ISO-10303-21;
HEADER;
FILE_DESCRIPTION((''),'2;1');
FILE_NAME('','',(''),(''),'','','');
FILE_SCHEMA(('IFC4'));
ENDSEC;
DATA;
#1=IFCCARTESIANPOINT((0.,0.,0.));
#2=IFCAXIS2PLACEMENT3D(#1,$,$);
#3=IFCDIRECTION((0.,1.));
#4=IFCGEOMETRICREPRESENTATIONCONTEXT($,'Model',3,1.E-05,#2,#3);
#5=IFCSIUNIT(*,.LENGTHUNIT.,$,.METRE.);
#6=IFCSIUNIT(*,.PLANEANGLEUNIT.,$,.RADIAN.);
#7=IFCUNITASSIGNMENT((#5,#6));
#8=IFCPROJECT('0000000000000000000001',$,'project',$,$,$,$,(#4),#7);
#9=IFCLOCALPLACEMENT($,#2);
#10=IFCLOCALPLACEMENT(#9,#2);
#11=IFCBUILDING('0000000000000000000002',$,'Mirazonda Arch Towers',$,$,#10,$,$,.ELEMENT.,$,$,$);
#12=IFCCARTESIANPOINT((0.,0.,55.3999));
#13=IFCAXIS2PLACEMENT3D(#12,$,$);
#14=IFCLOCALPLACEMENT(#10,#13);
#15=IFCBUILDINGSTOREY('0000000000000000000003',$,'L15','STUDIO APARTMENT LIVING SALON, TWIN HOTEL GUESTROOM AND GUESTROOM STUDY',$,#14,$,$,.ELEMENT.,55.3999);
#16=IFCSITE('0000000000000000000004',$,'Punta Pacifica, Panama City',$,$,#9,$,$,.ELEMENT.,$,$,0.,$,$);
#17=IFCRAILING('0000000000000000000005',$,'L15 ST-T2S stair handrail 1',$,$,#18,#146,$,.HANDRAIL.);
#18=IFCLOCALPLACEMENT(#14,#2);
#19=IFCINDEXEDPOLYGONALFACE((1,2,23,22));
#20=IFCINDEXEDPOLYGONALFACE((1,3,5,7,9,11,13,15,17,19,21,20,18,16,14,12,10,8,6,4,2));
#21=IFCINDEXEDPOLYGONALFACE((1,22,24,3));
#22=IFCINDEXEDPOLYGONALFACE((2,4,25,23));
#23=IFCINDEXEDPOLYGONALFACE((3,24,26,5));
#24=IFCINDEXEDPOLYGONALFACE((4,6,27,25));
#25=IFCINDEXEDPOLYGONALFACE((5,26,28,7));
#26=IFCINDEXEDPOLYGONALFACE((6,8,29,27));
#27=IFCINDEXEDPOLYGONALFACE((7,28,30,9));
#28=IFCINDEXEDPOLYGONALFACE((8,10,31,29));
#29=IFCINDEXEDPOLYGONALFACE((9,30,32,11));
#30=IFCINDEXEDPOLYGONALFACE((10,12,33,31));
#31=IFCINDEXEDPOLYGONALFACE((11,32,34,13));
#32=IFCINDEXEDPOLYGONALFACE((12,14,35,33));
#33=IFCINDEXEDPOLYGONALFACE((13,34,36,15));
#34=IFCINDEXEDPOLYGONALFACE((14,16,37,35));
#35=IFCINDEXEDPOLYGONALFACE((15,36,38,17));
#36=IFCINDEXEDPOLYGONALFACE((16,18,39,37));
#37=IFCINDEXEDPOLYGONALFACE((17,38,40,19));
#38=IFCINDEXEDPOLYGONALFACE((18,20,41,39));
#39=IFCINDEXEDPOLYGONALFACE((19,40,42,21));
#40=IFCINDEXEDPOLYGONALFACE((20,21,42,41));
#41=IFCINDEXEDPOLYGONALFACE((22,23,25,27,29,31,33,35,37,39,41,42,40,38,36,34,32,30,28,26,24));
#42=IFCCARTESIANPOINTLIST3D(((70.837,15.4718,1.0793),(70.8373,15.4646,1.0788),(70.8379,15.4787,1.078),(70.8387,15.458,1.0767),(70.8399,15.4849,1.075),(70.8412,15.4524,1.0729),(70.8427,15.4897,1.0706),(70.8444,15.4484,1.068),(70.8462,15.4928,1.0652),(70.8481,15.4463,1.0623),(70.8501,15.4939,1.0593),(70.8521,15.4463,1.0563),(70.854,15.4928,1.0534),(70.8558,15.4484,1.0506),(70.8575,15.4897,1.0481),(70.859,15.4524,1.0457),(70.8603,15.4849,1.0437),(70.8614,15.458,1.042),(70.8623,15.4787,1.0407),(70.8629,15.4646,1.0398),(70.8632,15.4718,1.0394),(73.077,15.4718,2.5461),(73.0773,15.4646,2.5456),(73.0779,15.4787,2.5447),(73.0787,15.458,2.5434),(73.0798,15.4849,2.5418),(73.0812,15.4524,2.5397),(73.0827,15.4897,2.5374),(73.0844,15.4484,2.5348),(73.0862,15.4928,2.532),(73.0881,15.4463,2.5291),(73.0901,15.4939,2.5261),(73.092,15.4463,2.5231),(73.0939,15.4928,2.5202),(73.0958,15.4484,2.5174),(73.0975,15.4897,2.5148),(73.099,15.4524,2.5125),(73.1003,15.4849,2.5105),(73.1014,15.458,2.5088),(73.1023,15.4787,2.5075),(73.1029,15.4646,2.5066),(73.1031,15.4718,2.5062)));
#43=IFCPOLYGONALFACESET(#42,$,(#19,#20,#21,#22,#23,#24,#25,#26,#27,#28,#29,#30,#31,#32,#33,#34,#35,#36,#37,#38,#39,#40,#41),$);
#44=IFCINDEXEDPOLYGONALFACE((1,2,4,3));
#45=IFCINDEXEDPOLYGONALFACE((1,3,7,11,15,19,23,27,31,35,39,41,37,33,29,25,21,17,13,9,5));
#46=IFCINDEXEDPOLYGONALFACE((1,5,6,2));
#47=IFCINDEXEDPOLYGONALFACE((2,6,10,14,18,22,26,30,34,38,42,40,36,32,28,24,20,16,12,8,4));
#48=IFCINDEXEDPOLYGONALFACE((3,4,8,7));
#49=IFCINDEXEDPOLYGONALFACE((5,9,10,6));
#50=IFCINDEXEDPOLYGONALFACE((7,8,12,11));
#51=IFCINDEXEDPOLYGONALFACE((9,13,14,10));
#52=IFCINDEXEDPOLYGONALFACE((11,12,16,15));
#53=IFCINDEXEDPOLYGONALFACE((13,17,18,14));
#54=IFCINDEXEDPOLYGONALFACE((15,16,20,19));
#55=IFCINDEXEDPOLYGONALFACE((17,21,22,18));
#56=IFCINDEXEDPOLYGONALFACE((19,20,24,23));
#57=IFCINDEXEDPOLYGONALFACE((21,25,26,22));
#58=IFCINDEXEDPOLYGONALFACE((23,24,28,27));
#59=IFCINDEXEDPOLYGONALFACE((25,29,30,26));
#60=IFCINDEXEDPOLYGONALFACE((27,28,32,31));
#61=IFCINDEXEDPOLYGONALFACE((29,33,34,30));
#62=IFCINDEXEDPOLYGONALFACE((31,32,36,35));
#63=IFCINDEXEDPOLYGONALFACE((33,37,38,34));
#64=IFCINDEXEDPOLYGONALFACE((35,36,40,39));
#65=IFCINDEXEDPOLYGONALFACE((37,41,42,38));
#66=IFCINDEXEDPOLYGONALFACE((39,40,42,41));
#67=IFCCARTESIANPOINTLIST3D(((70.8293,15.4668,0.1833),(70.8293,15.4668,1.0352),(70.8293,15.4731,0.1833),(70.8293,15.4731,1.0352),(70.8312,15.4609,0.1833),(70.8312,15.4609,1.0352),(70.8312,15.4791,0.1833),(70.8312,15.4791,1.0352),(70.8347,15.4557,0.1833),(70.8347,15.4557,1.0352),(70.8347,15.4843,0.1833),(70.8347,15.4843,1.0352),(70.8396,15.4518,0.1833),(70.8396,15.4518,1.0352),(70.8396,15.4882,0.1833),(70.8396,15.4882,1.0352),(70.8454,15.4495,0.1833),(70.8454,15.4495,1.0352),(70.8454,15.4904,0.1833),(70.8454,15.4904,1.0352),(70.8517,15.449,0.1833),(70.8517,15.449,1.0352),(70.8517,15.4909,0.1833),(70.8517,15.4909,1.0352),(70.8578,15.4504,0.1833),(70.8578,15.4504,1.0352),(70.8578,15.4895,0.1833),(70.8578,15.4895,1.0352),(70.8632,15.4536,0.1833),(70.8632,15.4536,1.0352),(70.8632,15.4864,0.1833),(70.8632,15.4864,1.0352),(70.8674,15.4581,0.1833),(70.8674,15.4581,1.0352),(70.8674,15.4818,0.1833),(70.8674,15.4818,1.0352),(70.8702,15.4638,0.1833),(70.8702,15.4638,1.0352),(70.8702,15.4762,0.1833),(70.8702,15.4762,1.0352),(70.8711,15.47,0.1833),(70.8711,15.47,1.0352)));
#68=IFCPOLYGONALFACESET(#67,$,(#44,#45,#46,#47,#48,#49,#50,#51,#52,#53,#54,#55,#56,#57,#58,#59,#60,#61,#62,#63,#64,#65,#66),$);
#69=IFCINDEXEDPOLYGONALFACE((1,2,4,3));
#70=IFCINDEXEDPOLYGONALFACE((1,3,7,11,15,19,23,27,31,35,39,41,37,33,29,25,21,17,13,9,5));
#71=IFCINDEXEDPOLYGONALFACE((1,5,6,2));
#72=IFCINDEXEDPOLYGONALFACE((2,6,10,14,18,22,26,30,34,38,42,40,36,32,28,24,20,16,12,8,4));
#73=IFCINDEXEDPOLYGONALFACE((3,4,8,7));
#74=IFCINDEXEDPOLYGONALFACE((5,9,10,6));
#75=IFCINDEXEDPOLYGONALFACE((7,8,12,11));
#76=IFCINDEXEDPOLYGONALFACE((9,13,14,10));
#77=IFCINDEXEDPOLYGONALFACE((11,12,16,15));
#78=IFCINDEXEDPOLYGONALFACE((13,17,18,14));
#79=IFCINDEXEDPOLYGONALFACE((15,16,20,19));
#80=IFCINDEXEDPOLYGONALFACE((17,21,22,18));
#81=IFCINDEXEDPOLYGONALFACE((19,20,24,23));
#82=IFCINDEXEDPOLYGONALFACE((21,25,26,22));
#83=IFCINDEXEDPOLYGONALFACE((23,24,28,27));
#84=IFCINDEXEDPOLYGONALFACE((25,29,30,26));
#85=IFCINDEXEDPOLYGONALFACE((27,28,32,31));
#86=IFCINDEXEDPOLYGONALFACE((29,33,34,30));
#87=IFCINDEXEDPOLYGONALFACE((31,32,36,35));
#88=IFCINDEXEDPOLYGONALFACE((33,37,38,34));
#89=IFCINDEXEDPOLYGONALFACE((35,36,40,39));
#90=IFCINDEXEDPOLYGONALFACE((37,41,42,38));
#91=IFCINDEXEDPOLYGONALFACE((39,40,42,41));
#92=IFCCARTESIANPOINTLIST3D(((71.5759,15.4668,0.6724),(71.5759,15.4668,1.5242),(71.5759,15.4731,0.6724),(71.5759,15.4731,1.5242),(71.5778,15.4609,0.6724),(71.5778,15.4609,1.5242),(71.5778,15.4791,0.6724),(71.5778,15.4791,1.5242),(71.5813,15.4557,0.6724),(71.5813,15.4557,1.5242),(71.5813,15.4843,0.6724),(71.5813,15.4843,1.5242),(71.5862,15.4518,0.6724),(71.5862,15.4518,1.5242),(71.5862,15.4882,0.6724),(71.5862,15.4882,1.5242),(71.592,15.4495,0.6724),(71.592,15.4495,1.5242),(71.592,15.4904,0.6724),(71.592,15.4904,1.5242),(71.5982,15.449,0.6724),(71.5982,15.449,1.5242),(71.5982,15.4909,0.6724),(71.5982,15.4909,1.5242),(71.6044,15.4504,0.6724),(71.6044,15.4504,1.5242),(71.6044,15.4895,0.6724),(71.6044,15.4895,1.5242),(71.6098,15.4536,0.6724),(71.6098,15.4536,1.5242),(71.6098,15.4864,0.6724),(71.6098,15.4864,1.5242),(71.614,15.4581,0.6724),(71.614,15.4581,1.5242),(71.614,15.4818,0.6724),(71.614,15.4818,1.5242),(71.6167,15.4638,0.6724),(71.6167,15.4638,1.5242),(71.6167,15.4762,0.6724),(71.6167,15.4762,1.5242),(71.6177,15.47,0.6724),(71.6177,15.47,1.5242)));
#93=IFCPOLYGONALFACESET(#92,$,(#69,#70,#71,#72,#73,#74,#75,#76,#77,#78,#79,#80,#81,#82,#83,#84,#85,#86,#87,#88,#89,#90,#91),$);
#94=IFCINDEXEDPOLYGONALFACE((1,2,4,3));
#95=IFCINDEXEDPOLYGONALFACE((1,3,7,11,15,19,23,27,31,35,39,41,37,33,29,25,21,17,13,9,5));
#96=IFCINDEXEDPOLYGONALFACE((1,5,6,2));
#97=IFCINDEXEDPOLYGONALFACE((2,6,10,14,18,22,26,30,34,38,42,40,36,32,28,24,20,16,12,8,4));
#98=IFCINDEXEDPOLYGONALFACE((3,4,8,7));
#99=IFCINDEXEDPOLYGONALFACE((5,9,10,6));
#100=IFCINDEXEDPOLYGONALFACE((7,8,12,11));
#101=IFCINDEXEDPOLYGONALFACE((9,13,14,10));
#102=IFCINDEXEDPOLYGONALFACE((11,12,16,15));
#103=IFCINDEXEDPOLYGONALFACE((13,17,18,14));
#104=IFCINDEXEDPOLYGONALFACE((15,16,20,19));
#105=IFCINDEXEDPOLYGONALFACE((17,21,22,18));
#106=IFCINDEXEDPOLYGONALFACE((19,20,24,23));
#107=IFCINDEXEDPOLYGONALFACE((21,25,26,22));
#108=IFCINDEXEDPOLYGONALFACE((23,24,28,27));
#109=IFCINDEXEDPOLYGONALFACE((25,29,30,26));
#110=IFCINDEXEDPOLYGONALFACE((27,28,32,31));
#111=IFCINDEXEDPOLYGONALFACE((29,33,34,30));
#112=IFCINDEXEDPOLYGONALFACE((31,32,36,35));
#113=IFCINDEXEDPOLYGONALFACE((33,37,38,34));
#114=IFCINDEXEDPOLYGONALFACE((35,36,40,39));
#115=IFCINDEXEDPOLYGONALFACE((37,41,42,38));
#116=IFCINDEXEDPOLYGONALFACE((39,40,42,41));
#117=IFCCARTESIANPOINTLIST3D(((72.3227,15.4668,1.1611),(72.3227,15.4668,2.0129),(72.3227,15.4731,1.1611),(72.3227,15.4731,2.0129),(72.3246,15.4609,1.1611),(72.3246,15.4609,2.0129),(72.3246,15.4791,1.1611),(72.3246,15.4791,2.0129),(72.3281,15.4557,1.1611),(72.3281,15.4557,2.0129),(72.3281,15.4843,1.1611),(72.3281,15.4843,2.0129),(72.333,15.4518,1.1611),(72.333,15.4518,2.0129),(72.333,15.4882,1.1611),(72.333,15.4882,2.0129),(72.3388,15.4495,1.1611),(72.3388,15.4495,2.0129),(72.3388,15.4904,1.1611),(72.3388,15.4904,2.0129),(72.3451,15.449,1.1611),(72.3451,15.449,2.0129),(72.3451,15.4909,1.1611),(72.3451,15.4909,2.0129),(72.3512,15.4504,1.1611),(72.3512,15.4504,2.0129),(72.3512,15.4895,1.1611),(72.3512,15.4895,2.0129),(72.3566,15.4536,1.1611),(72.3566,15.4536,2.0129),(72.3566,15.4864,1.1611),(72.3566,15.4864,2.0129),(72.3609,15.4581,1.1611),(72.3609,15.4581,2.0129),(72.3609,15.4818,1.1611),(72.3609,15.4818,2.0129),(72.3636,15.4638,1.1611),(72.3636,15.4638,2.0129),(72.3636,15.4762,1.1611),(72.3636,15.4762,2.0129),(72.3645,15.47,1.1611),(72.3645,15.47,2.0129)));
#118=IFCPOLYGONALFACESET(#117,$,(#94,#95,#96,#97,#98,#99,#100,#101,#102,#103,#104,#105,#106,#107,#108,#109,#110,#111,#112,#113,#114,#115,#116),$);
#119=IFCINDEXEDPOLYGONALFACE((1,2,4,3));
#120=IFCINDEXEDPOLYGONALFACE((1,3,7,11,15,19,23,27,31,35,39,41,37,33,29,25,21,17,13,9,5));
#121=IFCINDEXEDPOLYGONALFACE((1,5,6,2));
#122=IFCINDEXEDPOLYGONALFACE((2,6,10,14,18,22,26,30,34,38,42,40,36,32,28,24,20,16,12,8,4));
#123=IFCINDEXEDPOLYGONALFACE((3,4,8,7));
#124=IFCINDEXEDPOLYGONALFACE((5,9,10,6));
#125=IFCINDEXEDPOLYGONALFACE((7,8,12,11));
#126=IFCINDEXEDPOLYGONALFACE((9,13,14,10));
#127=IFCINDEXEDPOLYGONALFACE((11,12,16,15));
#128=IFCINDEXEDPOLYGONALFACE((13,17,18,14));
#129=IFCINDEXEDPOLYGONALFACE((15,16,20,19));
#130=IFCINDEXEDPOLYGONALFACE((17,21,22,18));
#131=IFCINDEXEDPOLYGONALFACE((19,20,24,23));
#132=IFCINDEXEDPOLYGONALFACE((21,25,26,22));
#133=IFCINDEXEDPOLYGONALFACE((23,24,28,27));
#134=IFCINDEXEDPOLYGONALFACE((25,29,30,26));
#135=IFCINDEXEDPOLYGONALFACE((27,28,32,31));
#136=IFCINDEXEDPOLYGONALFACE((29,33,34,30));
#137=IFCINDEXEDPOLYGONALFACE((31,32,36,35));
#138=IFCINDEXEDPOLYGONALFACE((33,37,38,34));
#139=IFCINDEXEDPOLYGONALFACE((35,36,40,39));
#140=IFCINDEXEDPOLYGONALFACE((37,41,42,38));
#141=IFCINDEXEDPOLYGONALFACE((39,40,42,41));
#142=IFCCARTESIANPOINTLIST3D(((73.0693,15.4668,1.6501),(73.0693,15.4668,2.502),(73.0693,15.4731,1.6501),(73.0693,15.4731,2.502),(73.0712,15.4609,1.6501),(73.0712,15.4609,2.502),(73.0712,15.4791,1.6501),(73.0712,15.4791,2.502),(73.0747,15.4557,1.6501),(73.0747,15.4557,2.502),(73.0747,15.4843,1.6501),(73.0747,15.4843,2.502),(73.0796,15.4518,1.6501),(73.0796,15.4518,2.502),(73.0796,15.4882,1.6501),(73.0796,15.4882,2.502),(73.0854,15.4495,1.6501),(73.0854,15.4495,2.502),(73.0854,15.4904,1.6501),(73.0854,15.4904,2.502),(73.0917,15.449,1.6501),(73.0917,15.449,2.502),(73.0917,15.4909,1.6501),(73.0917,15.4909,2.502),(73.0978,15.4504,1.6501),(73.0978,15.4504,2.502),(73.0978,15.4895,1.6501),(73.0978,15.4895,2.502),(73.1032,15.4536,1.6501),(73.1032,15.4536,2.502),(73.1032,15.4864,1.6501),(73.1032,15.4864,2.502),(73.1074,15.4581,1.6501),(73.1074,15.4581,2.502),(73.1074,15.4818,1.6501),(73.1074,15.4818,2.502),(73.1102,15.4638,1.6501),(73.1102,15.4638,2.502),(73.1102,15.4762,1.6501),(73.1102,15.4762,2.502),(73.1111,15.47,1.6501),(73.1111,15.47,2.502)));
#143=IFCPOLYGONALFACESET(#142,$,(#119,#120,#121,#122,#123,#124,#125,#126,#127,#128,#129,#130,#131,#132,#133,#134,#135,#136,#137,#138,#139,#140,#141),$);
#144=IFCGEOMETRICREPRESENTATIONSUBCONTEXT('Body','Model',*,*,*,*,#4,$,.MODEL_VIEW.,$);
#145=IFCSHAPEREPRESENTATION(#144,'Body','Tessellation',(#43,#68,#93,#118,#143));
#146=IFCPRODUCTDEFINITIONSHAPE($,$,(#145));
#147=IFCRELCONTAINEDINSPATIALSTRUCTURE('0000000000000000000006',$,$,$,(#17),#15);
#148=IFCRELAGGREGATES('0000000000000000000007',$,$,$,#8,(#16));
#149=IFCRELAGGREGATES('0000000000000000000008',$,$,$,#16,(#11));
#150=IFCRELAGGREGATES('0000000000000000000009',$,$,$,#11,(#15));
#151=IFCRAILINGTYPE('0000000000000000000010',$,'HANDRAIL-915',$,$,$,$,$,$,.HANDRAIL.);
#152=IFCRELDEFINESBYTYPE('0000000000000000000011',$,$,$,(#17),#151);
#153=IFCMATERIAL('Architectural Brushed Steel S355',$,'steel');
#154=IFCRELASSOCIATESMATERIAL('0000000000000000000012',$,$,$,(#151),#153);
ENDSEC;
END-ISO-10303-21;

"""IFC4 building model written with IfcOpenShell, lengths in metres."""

from ifc_helpers import new_model, si_unit, direction, frame, origin, origin_2d, place, context, subcontext, project, spatial, circle, extrude, material, type_object, element, save


model = new_model("IFC4")

# Units and contexts
model_context = context("Model", 3, precision=1e-05, world=origin(), true_north=direction((0.0, 1.0)))
body_context = subcontext(model_context, "Body", "Model", "MODEL_VIEW")
ifc_project = project(units=[si_unit("LENGTHUNIT", "METRE"), si_unit("PLANEANGLEUNIT", "RADIAN")], contexts=[model_context])

# Site, building, storey
site_placement = place(None, origin())
site = spatial("IfcSite", under=ifc_project, at=site_placement, Name="Punta Pacifica, Panama City", CompositionType="ELEMENT", RefElevation=0.0)
building_placement = place(site_placement, origin())
building = spatial("IfcBuilding", under=site, at=building_placement, Name="Mirazonda Arch Towers", CompositionType="ELEMENT")
storey_placement = place(building_placement, frame((0.0, 0.0, 55.3999)))
storey = spatial("IfcBuildingStorey", under=building, at=storey_placement, Name="L15", Description="STUDIO APARTMENT LIVING SALON, TWIN HOTEL GUESTROOM AND GUESTROOM STUDY", CompositionType="ELEMENT", Elevation=55.3999)

# Railing
ifc_material_1 = material(Name="Architectural Brushed Steel S355", Category="steel")
railing_type_1 = type_object("IfcRailingType", Name="HANDRAIL-915", PredefinedType="HANDRAIL", material=ifc_material_1)
railing_1_placement = place(storey_placement, frame((70.8501, 15.47, 0.1833)))
element("IfcRailing", 1, at=railing_1_placement, inside=storey, type_object=railing_type_1, Name="L15 ST-T2S stair handrail 1", PredefinedType="HANDRAIL", context=body_context, shape_type="SweptSolid", body=[
    extrude(circle(Radius=0.0239, at=origin_2d()), frame((0.0, 0.0, 0.876), z_axis=(0.836595, 0.0, 0.547822), x_axis=(0.0, 1.0, 0.0)), (0.0, 0.0, 1.0), 2.6775),
    extrude(circle(Radius=0.021, at=origin_2d()), origin(), (0.0, 0.0, 1.0), 0.8518),
    extrude(circle(Radius=0.021, at=origin_2d()), frame((0.7466, 0.0, 0.489)), (0.0, 0.0, 1.0), 0.8518),
    extrude(circle(Radius=0.021, at=origin_2d()), frame((1.4934, 0.0, 0.9778)), (0.0, 0.0, 1.0), 0.8518),
    extrude(circle(Radius=0.021, at=origin_2d()), frame((2.24, 0.0, 1.4668)), (0.0, 0.0, 1.0), 0.8518),
])

save(model, "model.ifc")
